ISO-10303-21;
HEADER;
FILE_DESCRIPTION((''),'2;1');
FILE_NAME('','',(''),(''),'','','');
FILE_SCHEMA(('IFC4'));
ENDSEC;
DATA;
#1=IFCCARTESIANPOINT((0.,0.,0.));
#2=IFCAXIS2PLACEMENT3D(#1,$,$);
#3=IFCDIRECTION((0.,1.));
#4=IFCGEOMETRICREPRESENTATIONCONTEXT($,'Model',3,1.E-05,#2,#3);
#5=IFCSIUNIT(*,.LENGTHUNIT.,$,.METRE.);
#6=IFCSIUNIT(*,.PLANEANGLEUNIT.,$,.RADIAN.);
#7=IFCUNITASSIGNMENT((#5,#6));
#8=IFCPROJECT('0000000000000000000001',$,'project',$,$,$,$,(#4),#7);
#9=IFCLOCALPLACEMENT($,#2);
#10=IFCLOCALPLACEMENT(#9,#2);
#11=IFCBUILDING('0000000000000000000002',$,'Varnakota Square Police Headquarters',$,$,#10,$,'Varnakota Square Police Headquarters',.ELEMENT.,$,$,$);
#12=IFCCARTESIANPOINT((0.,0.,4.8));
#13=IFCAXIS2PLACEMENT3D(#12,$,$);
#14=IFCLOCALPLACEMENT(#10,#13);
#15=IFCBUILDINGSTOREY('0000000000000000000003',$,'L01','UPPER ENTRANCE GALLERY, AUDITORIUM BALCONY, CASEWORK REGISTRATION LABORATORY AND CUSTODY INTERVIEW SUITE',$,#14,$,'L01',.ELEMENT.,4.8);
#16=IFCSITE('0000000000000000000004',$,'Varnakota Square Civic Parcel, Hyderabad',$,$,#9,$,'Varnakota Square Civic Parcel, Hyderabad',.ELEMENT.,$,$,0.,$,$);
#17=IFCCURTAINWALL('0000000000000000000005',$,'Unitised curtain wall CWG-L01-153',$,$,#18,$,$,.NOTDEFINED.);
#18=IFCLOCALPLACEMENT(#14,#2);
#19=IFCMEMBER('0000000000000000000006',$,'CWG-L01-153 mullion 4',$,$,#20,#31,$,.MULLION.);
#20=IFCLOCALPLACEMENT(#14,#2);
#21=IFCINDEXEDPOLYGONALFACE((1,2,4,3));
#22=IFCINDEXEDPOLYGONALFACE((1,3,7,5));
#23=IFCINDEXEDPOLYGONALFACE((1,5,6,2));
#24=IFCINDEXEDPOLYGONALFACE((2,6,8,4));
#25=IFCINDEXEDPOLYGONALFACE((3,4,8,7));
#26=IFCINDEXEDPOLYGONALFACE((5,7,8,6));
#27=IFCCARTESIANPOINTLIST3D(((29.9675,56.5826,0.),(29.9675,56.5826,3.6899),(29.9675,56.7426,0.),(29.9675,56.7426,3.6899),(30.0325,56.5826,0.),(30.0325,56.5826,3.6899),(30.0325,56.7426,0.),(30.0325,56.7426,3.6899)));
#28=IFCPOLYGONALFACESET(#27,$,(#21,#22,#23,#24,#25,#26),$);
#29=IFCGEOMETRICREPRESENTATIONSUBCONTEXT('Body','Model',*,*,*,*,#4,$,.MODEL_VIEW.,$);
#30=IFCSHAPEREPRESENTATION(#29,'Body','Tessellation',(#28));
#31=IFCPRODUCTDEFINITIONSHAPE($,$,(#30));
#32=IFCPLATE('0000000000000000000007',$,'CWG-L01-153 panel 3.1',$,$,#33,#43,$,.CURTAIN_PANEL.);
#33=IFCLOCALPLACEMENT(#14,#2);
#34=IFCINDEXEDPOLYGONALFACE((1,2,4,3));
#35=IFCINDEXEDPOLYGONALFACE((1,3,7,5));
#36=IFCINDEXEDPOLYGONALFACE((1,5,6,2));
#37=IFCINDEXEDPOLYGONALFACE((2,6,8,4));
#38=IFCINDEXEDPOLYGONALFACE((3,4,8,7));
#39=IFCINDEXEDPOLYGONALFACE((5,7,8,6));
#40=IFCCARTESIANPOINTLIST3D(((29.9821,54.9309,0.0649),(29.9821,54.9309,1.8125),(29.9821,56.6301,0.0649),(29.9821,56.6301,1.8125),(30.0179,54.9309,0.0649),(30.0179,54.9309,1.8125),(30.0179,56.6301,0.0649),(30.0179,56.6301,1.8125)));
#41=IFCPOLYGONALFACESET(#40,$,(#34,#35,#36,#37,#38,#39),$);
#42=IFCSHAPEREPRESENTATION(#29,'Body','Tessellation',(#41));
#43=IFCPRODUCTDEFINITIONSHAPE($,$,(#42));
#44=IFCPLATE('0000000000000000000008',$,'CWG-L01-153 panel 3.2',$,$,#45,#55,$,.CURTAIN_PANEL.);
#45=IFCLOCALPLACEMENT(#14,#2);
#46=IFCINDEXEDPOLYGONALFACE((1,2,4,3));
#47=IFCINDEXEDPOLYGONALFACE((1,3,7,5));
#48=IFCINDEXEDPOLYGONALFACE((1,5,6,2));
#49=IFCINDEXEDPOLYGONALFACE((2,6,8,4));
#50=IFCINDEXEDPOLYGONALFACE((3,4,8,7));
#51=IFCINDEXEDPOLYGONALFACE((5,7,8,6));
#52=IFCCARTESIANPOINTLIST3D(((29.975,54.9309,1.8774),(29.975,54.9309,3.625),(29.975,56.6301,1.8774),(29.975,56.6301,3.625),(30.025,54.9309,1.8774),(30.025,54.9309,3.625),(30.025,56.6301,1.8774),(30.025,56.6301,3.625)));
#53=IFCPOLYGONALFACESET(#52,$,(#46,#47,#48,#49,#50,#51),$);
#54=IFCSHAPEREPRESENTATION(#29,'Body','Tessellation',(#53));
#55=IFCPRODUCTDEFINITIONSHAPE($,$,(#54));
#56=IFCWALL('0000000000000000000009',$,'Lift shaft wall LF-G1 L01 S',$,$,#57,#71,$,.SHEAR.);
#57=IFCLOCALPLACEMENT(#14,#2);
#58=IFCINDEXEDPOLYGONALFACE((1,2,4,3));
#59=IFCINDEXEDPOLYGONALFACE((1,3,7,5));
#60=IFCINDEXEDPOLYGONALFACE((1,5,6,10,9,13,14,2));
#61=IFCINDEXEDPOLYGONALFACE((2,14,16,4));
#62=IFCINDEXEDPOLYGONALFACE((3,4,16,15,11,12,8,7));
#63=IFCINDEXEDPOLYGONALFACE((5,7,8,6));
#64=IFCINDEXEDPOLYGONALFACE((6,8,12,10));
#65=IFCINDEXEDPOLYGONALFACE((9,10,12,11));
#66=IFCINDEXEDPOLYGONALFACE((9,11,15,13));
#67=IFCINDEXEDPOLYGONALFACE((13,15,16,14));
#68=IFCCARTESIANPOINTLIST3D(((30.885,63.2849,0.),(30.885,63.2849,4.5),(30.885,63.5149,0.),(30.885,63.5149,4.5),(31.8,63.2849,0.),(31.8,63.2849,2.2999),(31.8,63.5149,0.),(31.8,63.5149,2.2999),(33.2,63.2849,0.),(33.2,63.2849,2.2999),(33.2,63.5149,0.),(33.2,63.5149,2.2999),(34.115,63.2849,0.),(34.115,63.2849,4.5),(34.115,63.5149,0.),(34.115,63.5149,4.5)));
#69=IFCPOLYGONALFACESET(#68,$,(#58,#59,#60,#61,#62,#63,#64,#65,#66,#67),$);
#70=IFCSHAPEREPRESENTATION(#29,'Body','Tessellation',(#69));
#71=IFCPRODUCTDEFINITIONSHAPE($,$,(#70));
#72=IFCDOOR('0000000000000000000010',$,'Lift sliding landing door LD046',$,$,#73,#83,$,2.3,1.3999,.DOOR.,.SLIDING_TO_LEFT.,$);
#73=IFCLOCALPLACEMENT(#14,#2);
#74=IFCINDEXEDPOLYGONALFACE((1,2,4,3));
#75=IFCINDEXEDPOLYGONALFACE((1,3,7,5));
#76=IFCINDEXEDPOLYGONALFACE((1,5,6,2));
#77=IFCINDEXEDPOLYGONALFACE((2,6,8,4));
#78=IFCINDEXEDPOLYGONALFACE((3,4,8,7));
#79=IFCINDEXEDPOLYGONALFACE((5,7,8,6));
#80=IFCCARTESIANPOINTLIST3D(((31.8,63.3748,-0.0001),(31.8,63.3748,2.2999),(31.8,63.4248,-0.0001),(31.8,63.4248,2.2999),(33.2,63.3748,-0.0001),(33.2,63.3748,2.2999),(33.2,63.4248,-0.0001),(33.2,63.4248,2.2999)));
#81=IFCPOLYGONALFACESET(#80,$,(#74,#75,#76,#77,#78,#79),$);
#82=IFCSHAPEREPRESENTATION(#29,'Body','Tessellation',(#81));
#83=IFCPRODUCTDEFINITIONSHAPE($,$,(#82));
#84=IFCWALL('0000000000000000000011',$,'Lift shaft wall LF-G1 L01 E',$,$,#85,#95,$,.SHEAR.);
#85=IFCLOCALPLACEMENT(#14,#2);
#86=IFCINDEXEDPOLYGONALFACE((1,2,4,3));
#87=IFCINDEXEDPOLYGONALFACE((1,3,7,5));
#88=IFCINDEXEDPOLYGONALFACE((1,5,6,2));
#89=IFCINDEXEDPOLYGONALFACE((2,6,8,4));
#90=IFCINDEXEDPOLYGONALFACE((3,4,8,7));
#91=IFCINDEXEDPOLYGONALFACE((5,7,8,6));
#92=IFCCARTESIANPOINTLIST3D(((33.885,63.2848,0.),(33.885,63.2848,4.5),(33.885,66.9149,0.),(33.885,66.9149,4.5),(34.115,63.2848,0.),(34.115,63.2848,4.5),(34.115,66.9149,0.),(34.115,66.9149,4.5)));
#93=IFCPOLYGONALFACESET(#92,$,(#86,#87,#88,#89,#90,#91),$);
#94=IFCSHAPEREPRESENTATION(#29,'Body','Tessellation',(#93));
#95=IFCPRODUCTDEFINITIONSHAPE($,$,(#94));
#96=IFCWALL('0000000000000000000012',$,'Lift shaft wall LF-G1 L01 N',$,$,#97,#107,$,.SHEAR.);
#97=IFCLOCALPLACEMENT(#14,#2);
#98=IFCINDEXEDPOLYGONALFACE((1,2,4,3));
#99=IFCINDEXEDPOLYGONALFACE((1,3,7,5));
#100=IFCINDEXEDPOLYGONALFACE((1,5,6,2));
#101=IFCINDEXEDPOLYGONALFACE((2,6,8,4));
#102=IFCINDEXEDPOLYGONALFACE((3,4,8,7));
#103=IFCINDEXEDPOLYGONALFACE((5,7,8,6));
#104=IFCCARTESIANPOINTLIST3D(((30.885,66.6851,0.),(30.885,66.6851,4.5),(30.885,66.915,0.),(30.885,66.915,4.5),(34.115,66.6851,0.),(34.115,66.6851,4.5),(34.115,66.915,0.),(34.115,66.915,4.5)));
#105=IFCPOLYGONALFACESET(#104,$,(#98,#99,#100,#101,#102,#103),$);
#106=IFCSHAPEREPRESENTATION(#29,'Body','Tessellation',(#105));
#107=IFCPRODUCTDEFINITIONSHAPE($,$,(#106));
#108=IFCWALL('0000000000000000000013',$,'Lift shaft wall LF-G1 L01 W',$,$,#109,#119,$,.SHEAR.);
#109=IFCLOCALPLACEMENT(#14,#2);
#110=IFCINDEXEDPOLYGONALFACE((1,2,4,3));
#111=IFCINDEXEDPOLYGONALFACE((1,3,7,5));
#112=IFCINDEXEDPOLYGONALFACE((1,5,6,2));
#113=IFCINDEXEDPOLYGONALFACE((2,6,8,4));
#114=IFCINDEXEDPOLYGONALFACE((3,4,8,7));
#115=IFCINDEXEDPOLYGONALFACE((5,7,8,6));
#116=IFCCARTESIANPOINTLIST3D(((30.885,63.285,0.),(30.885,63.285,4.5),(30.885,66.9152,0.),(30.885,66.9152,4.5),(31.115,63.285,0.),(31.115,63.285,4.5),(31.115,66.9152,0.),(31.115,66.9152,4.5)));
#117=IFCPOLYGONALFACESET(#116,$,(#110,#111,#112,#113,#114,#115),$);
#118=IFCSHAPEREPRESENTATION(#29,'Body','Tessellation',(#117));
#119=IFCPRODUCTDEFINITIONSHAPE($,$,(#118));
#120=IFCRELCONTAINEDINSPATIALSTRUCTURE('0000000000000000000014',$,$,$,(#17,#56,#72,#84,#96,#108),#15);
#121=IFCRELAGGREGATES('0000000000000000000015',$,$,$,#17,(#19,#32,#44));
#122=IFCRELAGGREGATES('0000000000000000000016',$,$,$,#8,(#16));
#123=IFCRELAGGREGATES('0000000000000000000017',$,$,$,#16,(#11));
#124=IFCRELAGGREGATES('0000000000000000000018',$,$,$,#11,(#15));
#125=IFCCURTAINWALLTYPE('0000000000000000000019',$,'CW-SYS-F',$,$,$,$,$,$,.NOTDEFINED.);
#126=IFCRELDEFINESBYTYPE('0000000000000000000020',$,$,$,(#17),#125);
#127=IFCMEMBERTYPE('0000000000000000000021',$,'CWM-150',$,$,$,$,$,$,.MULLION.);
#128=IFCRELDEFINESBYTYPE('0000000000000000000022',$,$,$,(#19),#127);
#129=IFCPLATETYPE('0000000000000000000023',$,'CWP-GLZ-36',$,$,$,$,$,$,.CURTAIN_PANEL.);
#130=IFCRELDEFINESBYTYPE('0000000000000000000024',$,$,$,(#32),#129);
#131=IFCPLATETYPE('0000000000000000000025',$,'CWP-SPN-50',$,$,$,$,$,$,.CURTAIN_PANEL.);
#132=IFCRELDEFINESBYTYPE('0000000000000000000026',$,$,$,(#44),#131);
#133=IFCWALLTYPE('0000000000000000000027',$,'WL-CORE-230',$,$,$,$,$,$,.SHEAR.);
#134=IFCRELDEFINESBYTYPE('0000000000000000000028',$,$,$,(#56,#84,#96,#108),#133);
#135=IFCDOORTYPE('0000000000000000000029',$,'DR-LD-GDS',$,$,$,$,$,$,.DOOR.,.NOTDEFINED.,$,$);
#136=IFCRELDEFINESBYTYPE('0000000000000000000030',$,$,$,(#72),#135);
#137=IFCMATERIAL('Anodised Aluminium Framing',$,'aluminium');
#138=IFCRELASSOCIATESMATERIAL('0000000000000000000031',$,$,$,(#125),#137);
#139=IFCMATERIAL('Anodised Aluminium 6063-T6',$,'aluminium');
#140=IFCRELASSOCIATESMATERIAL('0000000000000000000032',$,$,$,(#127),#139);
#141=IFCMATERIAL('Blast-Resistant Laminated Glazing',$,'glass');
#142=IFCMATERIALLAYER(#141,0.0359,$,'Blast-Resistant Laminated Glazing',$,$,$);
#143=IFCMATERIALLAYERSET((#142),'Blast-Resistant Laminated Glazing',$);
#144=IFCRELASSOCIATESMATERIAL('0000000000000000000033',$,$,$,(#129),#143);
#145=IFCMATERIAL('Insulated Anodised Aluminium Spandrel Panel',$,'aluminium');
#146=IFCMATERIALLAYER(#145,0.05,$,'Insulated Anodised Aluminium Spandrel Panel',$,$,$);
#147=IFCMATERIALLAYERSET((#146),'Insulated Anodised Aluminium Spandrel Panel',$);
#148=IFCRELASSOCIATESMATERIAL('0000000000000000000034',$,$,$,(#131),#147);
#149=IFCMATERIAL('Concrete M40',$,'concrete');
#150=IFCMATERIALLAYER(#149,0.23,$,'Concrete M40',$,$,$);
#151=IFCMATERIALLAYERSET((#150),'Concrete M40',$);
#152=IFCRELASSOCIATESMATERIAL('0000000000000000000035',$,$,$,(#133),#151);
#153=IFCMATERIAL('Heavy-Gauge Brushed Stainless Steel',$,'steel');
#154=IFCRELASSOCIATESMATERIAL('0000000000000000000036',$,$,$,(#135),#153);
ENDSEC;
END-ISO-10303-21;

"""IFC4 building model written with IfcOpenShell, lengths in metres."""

from ifc_helpers import new_model, si_unit, direction, frame, frame_2d, origin, origin_2d, place, context, subcontext, project, spatial, rectangle, extrude, material, layer, layer_set, material_profile, profile_set, type_object, element, fill, aggregate, save


model = new_model("IFC4")

# Units and contexts
model_context = context("Model", 3, precision=1e-05, world=origin(), true_north=direction((0.0, 1.0)))
body_context = subcontext(model_context, "Body", "Model", "MODEL_VIEW")
ifc_project = project(units=[si_unit("LENGTHUNIT", "METRE"), si_unit("PLANEANGLEUNIT", "RADIAN")], contexts=[model_context])

# Site, building, storey
site_placement = place(None, origin())
site = spatial("IfcSite", under=ifc_project, at=site_placement, Name="Varnakota Square Civic Parcel, Hyderabad", LongName="Varnakota Square Civic Parcel, Hyderabad", CompositionType="ELEMENT", RefElevation=0.0)
building_placement = place(site_placement, origin())
building = spatial("IfcBuilding", under=site, at=building_placement, Name="Varnakota Square Police Headquarters", LongName="Varnakota Square Police Headquarters", CompositionType="ELEMENT")
storey_placement = place(building_placement, frame((0.0, 0.0, 4.8)))
storey = spatial("IfcBuildingStorey", under=building, at=storey_placement, Name="L01", Description="UPPER ENTRANCE GALLERY, AUDITORIUM BALCONY, CASEWORK REGISTRATION LABORATORY AND CUSTODY INTERVIEW SUITE", LongName="L01", CompositionType="ELEMENT", Elevation=4.8)

# Curtain wall, member, plates
ifc_material_1 = material(Name="Anodised Aluminium Framing", Category="aluminium")
curtain_wall_type = type_object("IfcCurtainWallType", Name="CW-SYS-F", PredefinedType="NOTDEFINED", material=ifc_material_1)
curtain_wall_placement = place(storey_placement, origin())
curtain_wall = element("IfcCurtainWall", 1, at=curtain_wall_placement, inside=storey, type_object=curtain_wall_type, Name="Unitised curtain wall CWG-L01-153", PredefinedType="NOTDEFINED")
ifc_material_2 = material(Name="Anodised Aluminium 6063-T6", Category="aluminium")
ifc_material_profile_1 = material_profile(ifc_material_2, rectangle(XDim=0.0649, YDim=0.1599, at=origin_2d()), Name="ALU MULLION 65x160")
ifc_profile_set_1 = profile_set([ifc_material_profile_1], Name="Anodised Aluminium 6063-T6")
member_type = type_object("IfcMemberType", Name="CWM-150", PredefinedType="MULLION", material=ifc_profile_set_1)
member_placement = place(storey_placement, frame((30.0, 56.6626, 0.0), z_axis=(0.0, 0.0, 1.0), x_axis=(-1.0, 0.0, 0.0)))
member = element("IfcMember", 2, at=member_placement, type_object=member_type, Name="CWG-L01-153 mullion 4", PredefinedType="MULLION", context=body_context, shape_type="SweptSolid", body=[
    extrude(rectangle(XDim=0.0649, YDim=0.1599, at=origin_2d()), origin(), (0.0, 0.0, 1.0), 3.6899),
])
ifc_material_3 = material(Name="Blast-Resistant Laminated Glazing", Category="glass")
ifc_layer_1 = layer(ifc_material_3, 0.0359, Name="Blast-Resistant Laminated Glazing")
ifc_layer_set_1 = layer_set([ifc_layer_1], Name="Blast-Resistant Laminated Glazing")
plate_type_1 = type_object("IfcPlateType", Name="CWP-GLZ-36", PredefinedType="CURTAIN_PANEL", material=ifc_layer_set_1)
plate_1_placement = place(storey_placement, frame((30.0, 55.7805, 0.0649), z_axis=(0.0, 0.0, 1.0), x_axis=(0.0, 1.0, 0.0)))
plate_1 = element("IfcPlate", 3, at=plate_1_placement, type_object=plate_type_1, Name="CWG-L01-153 panel 3.1", PredefinedType="CURTAIN_PANEL", context=body_context, shape_type="SweptSolid", body=[
    extrude(rectangle(XDim=1.6992, YDim=0.0359, at=origin_2d()), origin(), (0.0, 0.0, 1.0), 1.7476),
])
ifc_material_4 = material(Name="Insulated Anodised Aluminium Spandrel Panel", Category="aluminium")
ifc_layer_2 = layer(ifc_material_4, 0.05, Name="Insulated Anodised Aluminium Spandrel Panel")
ifc_layer_set_2 = layer_set([ifc_layer_2], Name="Insulated Anodised Aluminium Spandrel Panel")
plate_type_2 = type_object("IfcPlateType", Name="CWP-SPN-50", PredefinedType="CURTAIN_PANEL", material=ifc_layer_set_2)
plate_2_placement = place(storey_placement, frame((30.0, 55.7805, 1.8774), z_axis=(0.0, 0.0, 1.0), x_axis=(0.0, 1.0, 0.0)))
plate_2 = element("IfcPlate", 4, at=plate_2_placement, type_object=plate_type_2, Name="CWG-L01-153 panel 3.2", PredefinedType="CURTAIN_PANEL", context=body_context, shape_type="SweptSolid", body=[
    extrude(rectangle(XDim=1.6992, YDim=0.05, at=origin_2d()), origin(), (0.0, 0.0, 1.0), 1.7476),
])
aggregate(curtain_wall, [member, plate_1, plate_2])

# Wall, opening, door
ifc_material_5 = material(Name="Concrete M40", Category="concrete")
ifc_layer_3 = layer(ifc_material_5, 0.23, Name="Concrete M40")
ifc_layer_set_3 = layer_set([ifc_layer_3], Name="Concrete M40")
wall_type = type_object("IfcWallType", Name="WL-CORE-230", PredefinedType="SHEAR", material=ifc_layer_set_3)
wall_1_placement = place(storey_placement, frame((30.885, 63.3999, 0.0), z_axis=(0.0, 0.0, 1.0), x_axis=(1.0, 0.0, 0.0)))
wall_1 = element("IfcWall", 5, at=wall_1_placement, inside=storey, type_object=wall_type, Name="Lift shaft wall LF-G1 L01 S", PredefinedType="SHEAR", context=body_context, shape_type="SweptSolid", body=[
    extrude(rectangle(XDim=3.23, YDim=0.23, at=frame_2d((1.615, 0.0))), origin(), (0.0, 0.0, 1.0), 4.5),
])
opening_placement = place(wall_1_placement, frame((0.915, 0.0, 0.0)))
opening = element("IfcOpeningElement", 6, at=opening_placement, cuts=wall_1, PredefinedType="OPENING", context=body_context, shape_type="SweptSolid", body=[
    extrude(rectangle(XDim=1.3999, YDim=2.3, at=frame_2d((0.7, 1.1499))), frame((0.0, 0.125, 0.0), z_axis=(0.0, -1.0, 0.0), x_axis=(1.0, 0.0, 0.0)), (0.0, 0.0, 1.0), 0.25),
])
ifc_material_6 = material(Name="Heavy-Gauge Brushed Stainless Steel", Category="steel")
door_type = type_object("IfcDoorType", Name="DR-LD-GDS", OperationType="NOTDEFINED", PredefinedType="DOOR", material=ifc_material_6)
door_placement = place(opening_placement, origin())
door = element("IfcDoor", 7, at=door_placement, inside=storey, type_object=door_type, Name="Lift sliding landing door LD046", OperationType="SLIDING_TO_LEFT", OverallHeight=2.3, OverallWidth=1.3999, PredefinedType="DOOR", context=body_context, shape_type="SweptSolid", body=[
    extrude(rectangle(XDim=1.3999, YDim=2.3, at=frame_2d((0.7, 1.1499))), frame((0.0, 0.0249, 0.0), z_axis=(0.0, -1.0, 0.0), x_axis=(1.0, 0.0, 0.0)), (0.0, 0.0, 1.0), 0.05),
])
fill(opening, door)

# Walls
wall_2_placement = place(storey_placement, frame((34.0, 63.2849, 0.0), z_axis=(0.0, 0.0, 1.0), x_axis=(0.0, 1.0, 0.0)))
element("IfcWall", 8, at=wall_2_placement, inside=storey, type_object=wall_type, Name="Lift shaft wall LF-G1 L01 E", PredefinedType="SHEAR", context=body_context, shape_type="SweptSolid", body=[
    extrude(rectangle(XDim=3.6301, YDim=0.23, at=frame_2d((1.8149, 0.0))), origin(), (0.0, 0.0, 1.0), 4.5),
])
wall_3_placement = place(storey_placement, frame((34.115, 66.8, 0.0), z_axis=(0.0, 0.0, 1.0), x_axis=(-1.0, 0.0, 0.0)))
element("IfcWall", 9, at=wall_3_placement, inside=storey, type_object=wall_type, Name="Lift shaft wall LF-G1 L01 N", PredefinedType="SHEAR", context=body_context, shape_type="SweptSolid", body=[
    extrude(rectangle(XDim=3.23, YDim=0.23, at=frame_2d((1.615, 0.0))), origin(), (0.0, 0.0, 1.0), 4.5),
])
wall_4_placement = place(storey_placement, frame((31.0, 66.915, 0.0), z_axis=(0.0, 0.0, 1.0), x_axis=(0.0, -1.0, 0.0)))
element("IfcWall", 10, at=wall_4_placement, inside=storey, type_object=wall_type, Name="Lift shaft wall LF-G1 L01 W", PredefinedType="SHEAR", context=body_context, shape_type="SweptSolid", body=[
    extrude(rectangle(XDim=3.6301, YDim=0.23, at=frame_2d((1.8149, 0.0))), origin(), (0.0, 0.0, 1.0), 4.5),
])

save(model, "model.ifc")
